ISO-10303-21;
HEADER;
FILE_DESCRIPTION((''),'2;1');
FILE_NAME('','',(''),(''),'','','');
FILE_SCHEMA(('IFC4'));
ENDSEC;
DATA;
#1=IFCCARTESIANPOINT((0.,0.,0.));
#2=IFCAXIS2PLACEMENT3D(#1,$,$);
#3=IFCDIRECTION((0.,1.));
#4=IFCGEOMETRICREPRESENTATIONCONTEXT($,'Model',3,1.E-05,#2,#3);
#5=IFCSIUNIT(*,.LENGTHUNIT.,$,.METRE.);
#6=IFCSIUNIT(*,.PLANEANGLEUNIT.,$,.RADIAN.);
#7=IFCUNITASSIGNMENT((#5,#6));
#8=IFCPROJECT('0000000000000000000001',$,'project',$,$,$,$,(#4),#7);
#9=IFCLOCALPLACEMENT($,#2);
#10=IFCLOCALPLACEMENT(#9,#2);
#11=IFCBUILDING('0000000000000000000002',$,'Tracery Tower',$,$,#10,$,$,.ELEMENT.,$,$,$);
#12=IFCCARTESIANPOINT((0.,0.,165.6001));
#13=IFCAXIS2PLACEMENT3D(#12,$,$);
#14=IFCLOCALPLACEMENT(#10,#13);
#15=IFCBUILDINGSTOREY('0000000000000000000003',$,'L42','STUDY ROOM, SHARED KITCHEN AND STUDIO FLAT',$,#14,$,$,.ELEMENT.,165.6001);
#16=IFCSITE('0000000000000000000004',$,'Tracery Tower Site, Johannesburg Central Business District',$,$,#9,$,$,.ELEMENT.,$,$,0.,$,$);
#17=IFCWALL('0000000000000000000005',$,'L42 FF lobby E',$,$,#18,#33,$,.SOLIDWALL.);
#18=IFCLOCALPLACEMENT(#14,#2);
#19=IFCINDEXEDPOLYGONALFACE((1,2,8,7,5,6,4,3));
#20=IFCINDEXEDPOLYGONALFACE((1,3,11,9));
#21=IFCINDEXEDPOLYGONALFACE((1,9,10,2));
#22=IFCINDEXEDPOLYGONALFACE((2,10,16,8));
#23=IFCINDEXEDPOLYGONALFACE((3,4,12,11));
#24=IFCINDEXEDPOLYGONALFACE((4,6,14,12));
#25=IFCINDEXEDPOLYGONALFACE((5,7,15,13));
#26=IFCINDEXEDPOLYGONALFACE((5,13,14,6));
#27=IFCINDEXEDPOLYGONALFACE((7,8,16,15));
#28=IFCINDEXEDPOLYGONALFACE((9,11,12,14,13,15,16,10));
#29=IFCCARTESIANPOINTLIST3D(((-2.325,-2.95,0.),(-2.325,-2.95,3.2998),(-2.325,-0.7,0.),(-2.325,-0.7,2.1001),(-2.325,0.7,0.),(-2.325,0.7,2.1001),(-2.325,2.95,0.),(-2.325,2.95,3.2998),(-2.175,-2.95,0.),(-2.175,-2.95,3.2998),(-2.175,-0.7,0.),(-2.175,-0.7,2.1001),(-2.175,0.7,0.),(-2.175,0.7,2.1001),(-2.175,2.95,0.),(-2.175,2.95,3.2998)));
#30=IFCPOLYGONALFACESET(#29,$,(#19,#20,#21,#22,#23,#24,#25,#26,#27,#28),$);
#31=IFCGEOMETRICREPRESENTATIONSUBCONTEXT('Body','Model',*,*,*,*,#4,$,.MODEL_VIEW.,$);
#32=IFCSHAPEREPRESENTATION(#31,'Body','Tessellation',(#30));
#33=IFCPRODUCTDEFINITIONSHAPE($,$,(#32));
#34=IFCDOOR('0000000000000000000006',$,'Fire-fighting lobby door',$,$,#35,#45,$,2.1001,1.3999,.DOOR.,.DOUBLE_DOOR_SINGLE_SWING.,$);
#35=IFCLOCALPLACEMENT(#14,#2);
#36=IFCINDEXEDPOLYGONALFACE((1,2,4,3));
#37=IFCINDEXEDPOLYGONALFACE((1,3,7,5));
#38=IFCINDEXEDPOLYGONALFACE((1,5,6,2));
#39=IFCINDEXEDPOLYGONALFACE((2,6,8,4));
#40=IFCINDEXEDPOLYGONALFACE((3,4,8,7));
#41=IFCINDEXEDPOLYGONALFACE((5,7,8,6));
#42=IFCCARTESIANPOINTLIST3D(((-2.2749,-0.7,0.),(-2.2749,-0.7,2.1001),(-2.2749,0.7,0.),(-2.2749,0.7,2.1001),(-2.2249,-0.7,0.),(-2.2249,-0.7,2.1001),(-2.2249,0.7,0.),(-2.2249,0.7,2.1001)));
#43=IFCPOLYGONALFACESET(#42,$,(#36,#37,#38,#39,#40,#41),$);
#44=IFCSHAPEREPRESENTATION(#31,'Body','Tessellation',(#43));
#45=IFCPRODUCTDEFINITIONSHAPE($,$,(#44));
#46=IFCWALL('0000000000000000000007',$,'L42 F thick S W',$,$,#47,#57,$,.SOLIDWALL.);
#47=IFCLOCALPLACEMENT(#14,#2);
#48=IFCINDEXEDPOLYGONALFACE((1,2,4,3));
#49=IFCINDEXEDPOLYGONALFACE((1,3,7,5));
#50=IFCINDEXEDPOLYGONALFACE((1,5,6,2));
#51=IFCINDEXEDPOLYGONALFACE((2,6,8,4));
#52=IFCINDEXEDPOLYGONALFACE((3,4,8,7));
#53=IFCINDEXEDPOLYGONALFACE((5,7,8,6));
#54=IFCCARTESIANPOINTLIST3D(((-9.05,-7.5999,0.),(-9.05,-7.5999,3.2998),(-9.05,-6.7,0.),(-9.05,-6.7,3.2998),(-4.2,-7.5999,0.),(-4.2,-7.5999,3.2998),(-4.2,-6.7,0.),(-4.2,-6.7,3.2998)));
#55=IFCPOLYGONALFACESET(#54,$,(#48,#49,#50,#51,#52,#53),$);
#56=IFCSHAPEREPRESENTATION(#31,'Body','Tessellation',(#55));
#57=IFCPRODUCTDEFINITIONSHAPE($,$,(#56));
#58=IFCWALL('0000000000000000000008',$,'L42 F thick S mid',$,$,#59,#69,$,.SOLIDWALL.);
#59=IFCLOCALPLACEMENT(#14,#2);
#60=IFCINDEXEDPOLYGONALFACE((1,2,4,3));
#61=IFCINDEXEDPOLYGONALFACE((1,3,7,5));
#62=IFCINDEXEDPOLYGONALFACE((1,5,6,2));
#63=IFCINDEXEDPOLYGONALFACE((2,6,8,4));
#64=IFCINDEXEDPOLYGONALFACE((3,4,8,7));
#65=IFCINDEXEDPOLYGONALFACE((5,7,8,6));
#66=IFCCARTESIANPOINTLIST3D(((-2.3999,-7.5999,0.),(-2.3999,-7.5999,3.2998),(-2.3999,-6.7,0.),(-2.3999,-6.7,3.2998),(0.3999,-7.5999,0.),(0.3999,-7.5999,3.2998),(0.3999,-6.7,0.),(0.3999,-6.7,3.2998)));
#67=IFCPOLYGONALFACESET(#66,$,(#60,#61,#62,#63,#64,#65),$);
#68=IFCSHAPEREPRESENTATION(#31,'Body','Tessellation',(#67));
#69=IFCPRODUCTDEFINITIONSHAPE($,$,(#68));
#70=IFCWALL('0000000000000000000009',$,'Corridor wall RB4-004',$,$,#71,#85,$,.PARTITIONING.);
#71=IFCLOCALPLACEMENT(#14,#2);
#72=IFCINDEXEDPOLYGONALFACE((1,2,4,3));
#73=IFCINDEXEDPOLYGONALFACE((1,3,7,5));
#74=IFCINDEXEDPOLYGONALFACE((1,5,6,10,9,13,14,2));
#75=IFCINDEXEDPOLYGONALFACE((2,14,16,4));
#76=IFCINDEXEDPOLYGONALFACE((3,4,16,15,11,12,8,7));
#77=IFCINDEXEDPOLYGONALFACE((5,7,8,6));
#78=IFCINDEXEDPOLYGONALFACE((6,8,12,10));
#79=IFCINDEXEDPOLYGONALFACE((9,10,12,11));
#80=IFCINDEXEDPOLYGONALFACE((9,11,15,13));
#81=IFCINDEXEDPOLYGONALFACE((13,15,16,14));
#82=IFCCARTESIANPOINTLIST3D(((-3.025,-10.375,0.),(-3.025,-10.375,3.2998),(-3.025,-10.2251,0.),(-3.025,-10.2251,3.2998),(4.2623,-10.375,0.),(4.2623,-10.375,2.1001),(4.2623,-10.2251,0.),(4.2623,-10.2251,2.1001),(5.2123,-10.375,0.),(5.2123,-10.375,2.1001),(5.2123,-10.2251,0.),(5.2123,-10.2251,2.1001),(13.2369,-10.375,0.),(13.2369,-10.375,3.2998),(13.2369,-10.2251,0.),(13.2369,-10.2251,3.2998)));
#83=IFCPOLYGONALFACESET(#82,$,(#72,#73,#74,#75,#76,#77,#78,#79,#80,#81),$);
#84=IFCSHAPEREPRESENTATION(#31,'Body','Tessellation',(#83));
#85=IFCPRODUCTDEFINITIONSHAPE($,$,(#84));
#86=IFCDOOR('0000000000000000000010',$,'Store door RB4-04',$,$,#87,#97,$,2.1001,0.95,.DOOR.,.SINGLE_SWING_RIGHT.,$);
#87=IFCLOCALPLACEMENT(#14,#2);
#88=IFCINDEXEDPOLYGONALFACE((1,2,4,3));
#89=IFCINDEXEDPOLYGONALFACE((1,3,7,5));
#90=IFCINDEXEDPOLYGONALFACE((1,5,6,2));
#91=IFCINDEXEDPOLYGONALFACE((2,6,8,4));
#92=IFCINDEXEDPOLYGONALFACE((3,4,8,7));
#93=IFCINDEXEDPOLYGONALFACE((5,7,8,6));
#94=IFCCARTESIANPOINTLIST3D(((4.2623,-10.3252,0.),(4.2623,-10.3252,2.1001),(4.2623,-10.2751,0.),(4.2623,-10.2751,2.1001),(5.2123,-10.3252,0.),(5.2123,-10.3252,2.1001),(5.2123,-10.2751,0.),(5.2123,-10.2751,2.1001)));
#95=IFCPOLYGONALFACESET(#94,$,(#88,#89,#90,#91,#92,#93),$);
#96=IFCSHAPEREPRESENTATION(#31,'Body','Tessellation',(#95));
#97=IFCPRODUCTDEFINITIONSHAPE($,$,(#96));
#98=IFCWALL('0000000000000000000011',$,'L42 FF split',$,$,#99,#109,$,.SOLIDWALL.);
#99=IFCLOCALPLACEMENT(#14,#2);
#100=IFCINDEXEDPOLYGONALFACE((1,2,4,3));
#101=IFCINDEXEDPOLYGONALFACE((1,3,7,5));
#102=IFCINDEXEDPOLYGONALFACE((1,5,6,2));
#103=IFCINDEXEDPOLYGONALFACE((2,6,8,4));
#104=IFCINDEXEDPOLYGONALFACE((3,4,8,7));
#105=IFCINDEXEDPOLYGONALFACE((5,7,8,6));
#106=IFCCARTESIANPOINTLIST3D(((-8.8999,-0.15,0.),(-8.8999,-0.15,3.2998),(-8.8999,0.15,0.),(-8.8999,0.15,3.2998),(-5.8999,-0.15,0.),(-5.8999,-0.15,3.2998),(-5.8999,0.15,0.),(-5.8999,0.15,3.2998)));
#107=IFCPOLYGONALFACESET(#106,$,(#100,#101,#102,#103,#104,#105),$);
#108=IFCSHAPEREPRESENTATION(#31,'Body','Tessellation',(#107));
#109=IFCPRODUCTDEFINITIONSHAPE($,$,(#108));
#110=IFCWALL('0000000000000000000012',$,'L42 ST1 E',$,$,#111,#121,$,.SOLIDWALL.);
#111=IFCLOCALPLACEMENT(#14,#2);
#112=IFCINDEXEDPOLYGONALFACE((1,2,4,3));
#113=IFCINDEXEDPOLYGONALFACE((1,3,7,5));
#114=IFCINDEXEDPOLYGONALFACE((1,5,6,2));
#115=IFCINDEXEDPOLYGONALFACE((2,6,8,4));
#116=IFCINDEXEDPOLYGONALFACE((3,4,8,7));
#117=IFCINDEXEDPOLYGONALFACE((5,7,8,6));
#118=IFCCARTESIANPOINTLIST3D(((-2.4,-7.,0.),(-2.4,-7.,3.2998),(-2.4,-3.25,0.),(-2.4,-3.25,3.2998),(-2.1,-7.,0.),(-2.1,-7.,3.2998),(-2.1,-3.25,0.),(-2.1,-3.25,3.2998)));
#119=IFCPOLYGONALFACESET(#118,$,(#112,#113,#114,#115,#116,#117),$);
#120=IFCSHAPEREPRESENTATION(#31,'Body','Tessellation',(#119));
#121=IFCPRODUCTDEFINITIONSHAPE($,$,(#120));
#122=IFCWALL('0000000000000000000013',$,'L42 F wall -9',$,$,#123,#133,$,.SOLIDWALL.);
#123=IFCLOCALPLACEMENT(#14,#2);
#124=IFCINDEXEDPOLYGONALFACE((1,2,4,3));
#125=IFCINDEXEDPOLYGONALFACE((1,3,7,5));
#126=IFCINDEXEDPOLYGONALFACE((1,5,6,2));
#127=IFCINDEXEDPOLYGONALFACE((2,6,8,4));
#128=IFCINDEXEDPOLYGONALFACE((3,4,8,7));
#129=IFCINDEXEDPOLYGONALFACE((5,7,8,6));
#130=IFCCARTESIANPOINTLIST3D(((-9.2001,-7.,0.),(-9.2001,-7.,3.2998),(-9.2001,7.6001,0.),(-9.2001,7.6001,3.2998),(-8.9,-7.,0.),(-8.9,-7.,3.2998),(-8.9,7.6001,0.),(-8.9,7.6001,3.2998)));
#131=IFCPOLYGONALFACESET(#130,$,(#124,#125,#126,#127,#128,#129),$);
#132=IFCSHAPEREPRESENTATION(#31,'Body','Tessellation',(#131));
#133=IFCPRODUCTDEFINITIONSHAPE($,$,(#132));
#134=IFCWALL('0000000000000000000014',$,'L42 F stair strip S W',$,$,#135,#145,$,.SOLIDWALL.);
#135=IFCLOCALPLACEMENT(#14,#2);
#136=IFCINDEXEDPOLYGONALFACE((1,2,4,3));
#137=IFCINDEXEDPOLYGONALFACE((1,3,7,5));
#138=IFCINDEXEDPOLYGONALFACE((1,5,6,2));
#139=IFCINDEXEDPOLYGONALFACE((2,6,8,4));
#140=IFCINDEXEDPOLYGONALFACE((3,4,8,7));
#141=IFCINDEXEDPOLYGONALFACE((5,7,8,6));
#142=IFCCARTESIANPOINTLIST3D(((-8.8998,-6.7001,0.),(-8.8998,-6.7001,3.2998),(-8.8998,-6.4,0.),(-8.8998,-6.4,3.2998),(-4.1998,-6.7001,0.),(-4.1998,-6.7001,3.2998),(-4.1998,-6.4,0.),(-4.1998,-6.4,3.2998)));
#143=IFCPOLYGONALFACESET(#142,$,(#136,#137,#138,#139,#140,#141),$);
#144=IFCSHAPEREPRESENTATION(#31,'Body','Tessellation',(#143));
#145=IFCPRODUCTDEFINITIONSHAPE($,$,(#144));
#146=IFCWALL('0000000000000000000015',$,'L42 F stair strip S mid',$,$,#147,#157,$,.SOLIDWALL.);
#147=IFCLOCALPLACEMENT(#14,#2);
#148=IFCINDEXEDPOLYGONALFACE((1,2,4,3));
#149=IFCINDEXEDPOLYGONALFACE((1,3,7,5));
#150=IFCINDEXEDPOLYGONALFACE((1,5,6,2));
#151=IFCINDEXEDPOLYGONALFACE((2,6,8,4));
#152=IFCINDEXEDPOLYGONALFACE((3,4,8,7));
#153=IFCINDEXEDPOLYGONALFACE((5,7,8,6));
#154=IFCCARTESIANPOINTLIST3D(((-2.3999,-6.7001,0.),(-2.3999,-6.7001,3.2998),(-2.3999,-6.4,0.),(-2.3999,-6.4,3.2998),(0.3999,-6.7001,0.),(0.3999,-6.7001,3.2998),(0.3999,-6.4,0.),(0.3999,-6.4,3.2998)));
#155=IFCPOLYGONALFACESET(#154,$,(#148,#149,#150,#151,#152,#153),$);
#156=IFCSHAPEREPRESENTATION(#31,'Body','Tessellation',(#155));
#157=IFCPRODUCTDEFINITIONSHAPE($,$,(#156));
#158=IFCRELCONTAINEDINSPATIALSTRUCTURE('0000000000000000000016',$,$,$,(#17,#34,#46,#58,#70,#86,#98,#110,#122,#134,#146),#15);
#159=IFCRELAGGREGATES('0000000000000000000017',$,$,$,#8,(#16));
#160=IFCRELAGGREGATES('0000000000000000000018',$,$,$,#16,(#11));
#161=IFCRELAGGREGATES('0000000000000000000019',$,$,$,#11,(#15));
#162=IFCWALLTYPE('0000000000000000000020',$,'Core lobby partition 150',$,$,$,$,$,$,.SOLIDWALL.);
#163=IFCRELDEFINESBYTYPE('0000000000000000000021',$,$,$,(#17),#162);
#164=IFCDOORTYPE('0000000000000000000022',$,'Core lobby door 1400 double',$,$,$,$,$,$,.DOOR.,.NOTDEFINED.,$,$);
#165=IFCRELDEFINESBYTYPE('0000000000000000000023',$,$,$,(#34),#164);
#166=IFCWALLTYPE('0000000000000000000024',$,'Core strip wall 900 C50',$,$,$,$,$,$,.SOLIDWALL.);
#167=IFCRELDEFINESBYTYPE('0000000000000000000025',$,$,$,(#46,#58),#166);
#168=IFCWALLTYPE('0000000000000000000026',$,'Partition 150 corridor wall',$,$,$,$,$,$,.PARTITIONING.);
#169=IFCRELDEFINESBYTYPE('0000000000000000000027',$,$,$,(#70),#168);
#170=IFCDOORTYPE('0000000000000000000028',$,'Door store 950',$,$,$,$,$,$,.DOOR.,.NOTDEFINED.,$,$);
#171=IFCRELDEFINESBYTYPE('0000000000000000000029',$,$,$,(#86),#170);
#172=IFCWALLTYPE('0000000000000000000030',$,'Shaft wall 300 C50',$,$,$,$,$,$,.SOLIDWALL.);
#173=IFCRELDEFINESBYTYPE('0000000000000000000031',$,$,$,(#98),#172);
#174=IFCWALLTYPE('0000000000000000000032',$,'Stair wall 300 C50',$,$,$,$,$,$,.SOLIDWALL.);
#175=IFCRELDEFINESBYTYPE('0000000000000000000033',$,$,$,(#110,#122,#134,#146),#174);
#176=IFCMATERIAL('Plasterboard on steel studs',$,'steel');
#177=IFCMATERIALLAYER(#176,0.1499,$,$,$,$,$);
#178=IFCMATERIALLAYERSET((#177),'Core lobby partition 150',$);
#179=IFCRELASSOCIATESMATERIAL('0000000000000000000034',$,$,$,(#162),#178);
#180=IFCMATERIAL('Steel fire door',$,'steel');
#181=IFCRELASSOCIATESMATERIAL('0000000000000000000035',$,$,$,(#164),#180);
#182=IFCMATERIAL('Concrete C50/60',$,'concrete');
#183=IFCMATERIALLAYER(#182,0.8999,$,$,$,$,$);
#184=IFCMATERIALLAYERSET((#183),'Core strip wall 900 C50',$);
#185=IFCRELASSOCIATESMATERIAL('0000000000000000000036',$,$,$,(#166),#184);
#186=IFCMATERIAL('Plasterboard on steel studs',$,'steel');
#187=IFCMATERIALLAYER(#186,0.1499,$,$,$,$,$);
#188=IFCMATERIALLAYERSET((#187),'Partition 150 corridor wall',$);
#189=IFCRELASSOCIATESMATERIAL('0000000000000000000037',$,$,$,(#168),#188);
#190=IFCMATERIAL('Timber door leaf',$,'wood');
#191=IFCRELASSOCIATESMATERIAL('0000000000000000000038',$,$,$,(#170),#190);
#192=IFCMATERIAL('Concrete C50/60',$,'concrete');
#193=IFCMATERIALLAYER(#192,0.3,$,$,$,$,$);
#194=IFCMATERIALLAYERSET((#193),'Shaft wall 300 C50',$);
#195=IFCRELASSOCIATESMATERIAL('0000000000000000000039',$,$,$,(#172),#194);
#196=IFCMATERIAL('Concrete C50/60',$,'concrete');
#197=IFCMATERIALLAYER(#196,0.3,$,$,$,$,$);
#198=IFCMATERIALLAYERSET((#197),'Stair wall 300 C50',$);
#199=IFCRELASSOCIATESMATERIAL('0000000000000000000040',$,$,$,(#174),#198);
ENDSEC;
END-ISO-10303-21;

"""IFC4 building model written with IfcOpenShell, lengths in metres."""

from ifc_helpers import new_model, si_unit, direction, frame, frame_2d, origin, place, context, subcontext, project, spatial, rectangle, extrude, material, layer, layer_set, type_object, element, fill, save


model = new_model("IFC4")

# Units and contexts
model_context = context("Model", 3, precision=1e-05, world=origin(), true_north=direction((0.0, 1.0)))
body_context = subcontext(model_context, "Body", "Model", "MODEL_VIEW")
ifc_project = project(units=[si_unit("LENGTHUNIT", "METRE"), si_unit("PLANEANGLEUNIT", "RADIAN")], contexts=[model_context])

# Site, building, storey
site_placement = place(None, origin())
site = spatial("IfcSite", under=ifc_project, at=site_placement, Name="Tracery Tower Site, Johannesburg Central Business District", CompositionType="ELEMENT", RefElevation=0.0)
building_placement = place(site_placement, origin())
building = spatial("IfcBuilding", under=site, at=building_placement, Name="Tracery Tower", CompositionType="ELEMENT")
storey_placement = place(building_placement, frame((0.0, 0.0, 165.6001)))
storey = spatial("IfcBuildingStorey", under=building, at=storey_placement, Name="L42", Description="STUDY ROOM, SHARED KITCHEN AND STUDIO FLAT", CompositionType="ELEMENT", Elevation=165.6001)

# Wall, opening, door
ifc_material_1 = material(Name="Plasterboard on steel studs", Category="steel")
ifc_layer_1 = layer(ifc_material_1, 0.1499)
ifc_layer_set_1 = layer_set([ifc_layer_1], Name="Core lobby partition 150")
wall_type_1 = type_object("IfcWallType", Name="Core lobby partition 150", PredefinedType="SOLIDWALL", material=ifc_layer_set_1)
wall_1_placement = place(storey_placement, frame((-2.25, -2.95, 0.0), z_axis=(0.0, 0.0, 1.0), x_axis=(0.0, 1.0, 0.0)))
wall_1 = element("IfcWall", 1, at=wall_1_placement, inside=storey, type_object=wall_type_1, Name="L42 FF lobby E", PredefinedType="SOLIDWALL", context=body_context, shape_type="SweptSolid", body=[
    extrude(rectangle(XDim=5.8999, YDim=0.1499, at=frame_2d((2.95, 0.0))), origin(), (0.0, 0.0, 1.0), 3.2998),
])
opening_1_placement = place(wall_1_placement, frame((2.25, 0.0, 0.0)))
opening_1 = element("IfcOpeningElement", 2, at=opening_1_placement, cuts=wall_1, PredefinedType="OPENING", context=body_context, shape_type="SweptSolid", body=[
    extrude(rectangle(XDim=1.3999, YDim=2.1001, at=frame_2d((0.7, 1.05))), frame((0.0, 0.075, 0.0), z_axis=(0.0, -1.0, 0.0), x_axis=(1.0, 0.0, 0.0)), (0.0, 0.0, 1.0), 0.1499),
])
ifc_material_2 = material(Name="Steel fire door", Category="steel")
door_type_1 = type_object("IfcDoorType", Name="Core lobby door 1400 double", OperationType="NOTDEFINED", PredefinedType="DOOR", material=ifc_material_2)
door_1_placement = place(opening_1_placement, origin())
door_1 = element("IfcDoor", 3, at=door_1_placement, inside=storey, type_object=door_type_1, Name="Fire-fighting lobby door", OperationType="DOUBLE_DOOR_SINGLE_SWING", OverallHeight=2.1001, OverallWidth=1.3999, PredefinedType="DOOR", context=body_context, shape_type="SweptSolid", body=[
    extrude(rectangle(XDim=1.3999, YDim=2.1001, at=frame_2d((0.7, 1.05))), frame((0.0, 0.0249, 0.0), z_axis=(0.0, -1.0, 0.0), x_axis=(1.0, 0.0, 0.0)), (0.0, 0.0, 1.0), 0.05),
])
fill(opening_1, door_1)

# Walls
ifc_material_3 = material(Name="Concrete C50/60", Category="concrete")
ifc_layer_2 = layer(ifc_material_3, 0.8999)
ifc_layer_set_2 = layer_set([ifc_layer_2], Name="Core strip wall 900 C50")
wall_type_2 = type_object("IfcWallType", Name="Core strip wall 900 C50", PredefinedType="SOLIDWALL", material=ifc_layer_set_2)
wall_2_placement = place(storey_placement, frame((-9.05, -7.1499, 0.0), z_axis=(0.0, 0.0, 1.0), x_axis=(1.0, 0.0, 0.0)))
element("IfcWall", 4, at=wall_2_placement, inside=storey, type_object=wall_type_2, Name="L42 F thick S W", PredefinedType="SOLIDWALL", context=body_context, shape_type="SweptSolid", body=[
    extrude(rectangle(XDim=4.8501, YDim=0.8999, at=frame_2d((2.425, 0.0))), origin(), (0.0, 0.0, 1.0), 3.2998),
])
wall_3_placement = place(storey_placement, frame((-2.3999, -7.1499, 0.0), z_axis=(0.0, 0.0, 1.0), x_axis=(1.0, 0.0, 0.0)))
element("IfcWall", 5, at=wall_3_placement, inside=storey, type_object=wall_type_2, Name="L42 F thick S mid", PredefinedType="SOLIDWALL", context=body_context, shape_type="SweptSolid", body=[
    extrude(rectangle(XDim=2.7998, YDim=0.8999, at=frame_2d((1.3999, 0.0))), origin(), (0.0, 0.0, 1.0), 3.2998),
])

# Wall, opening, door
ifc_material_4 = material(Name="Plasterboard on steel studs", Category="steel")
ifc_layer_3 = layer(ifc_material_4, 0.1499)
ifc_layer_set_3 = layer_set([ifc_layer_3], Name="Partition 150 corridor wall")
wall_type_3 = type_object("IfcWallType", Name="Partition 150 corridor wall", PredefinedType="PARTITIONING", material=ifc_layer_set_3)
wall_4_placement = place(storey_placement, frame((-3.0249, -10.3, 0.0), z_axis=(0.0, 0.0, 1.0), x_axis=(1.0, 0.0, 0.0)))
wall_4 = element("IfcWall", 6, at=wall_4_placement, inside=storey, type_object=wall_type_3, Name="Corridor wall RB4-004", PredefinedType="PARTITIONING", context=body_context, shape_type="SweptSolid", body=[
    extrude(rectangle(XDim=16.262, YDim=0.1499, at=frame_2d((8.1309, 0.0))), origin(), (0.0, 0.0, 1.0), 3.2998),
])
opening_2_placement = place(wall_4_placement, frame((7.2871, 0.0, 0.0)))
opening_2 = element("IfcOpeningElement", 7, at=opening_2_placement, cuts=wall_4, PredefinedType="OPENING", context=body_context, shape_type="SweptSolid", body=[
    extrude(rectangle(XDim=0.95, YDim=2.1001, at=frame_2d((0.4751, 1.05))), frame((0.0, 0.075, 0.0), z_axis=(0.0, -1.0, 0.0), x_axis=(1.0, 0.0, 0.0)), (0.0, 0.0, 1.0), 0.1499),
])
ifc_material_5 = material(Name="Timber door leaf", Category="wood")
door_type_2 = type_object("IfcDoorType", Name="Door store 950", OperationType="NOTDEFINED", PredefinedType="DOOR", material=ifc_material_5)
door_2_placement = place(opening_2_placement, origin())
door_2 = element("IfcDoor", 8, at=door_2_placement, inside=storey, type_object=door_type_2, Name="Store door RB4-04", OperationType="SINGLE_SWING_RIGHT", OverallHeight=2.1001, OverallWidth=0.95, PredefinedType="DOOR", context=body_context, shape_type="SweptSolid", body=[
    extrude(rectangle(XDim=0.95, YDim=2.1001, at=frame_2d((0.4751, 1.05))), frame((0.0, 0.0249, 0.0), z_axis=(0.0, -1.0, 0.0), x_axis=(1.0, 0.0, 0.0)), (0.0, 0.0, 1.0), 0.05),
])
fill(opening_2, door_2)

# Wall
ifc_material_6 = material(Name="Concrete C50/60", Category="concrete")
ifc_layer_4 = layer(ifc_material_6, 0.3)
ifc_layer_set_4 = layer_set([ifc_layer_4], Name="Shaft wall 300 C50")
wall_type_4 = type_object("IfcWallType", Name="Shaft wall 300 C50", PredefinedType="SOLIDWALL", material=ifc_layer_set_4)
wall_5_placement = place(storey_placement, frame((-8.8999, 0.0, 0.0), z_axis=(0.0, 0.0, 1.0), x_axis=(1.0, 0.0, 0.0)))
element("IfcWall", 9, at=wall_5_placement, inside=storey, type_object=wall_type_4, Name="L42 FF split", PredefinedType="SOLIDWALL", context=body_context, shape_type="SweptSolid", body=[
    extrude(rectangle(XDim=3.0, YDim=0.3, at=frame_2d((1.5, 0.0))), origin(), (0.0, 0.0, 1.0), 3.2998),
])

# Shared definitions
ifc_material_7 = material(Name="Concrete C50/60", Category="concrete")
ifc_layer_5 = layer(ifc_material_7, 0.3)
ifc_layer_set_5 = layer_set([ifc_layer_5], Name="Stair wall 300 C50")
wall_type_5 = type_object("IfcWallType", Name="Stair wall 300 C50", PredefinedType="SOLIDWALL", material=ifc_layer_set_5)

# Walls
wall_6_placement = place(storey_placement, frame((-2.25, -7.0, 0.0), z_axis=(0.0, 0.0, 1.0), x_axis=(0.0, 1.0, 0.0)))
element("IfcWall", 10, at=wall_6_placement, inside=storey, type_object=wall_type_5, Name="L42 ST1 E", PredefinedType="SOLIDWALL", context=body_context, shape_type="SweptSolid", body=[
    extrude(rectangle(XDim=3.75, YDim=0.3, at=frame_2d((1.875, 0.0))), origin(), (0.0, 0.0, 1.0), 3.2998),
])
wall_7_placement = place(storey_placement, frame((-9.05, -7.0, 0.0), z_axis=(0.0, 0.0, 1.0), x_axis=(0.0, 1.0, 0.0)))
element("IfcWall", 11, at=wall_7_placement, inside=storey, type_object=wall_type_5, Name="L42 F wall -9", PredefinedType="SOLIDWALL", context=body_context, shape_type="SweptSolid", body=[
    extrude(rectangle(XDim=14.6001, YDim=0.3, at=frame_2d((7.3, 0.0))), origin(), (0.0, 0.0, 1.0), 3.2998),
])
wall_8_placement = place(storey_placement, frame((-8.8999, -6.55, 0.0), z_axis=(0.0, 0.0, 1.0), x_axis=(1.0, 0.0, 0.0)))
element("IfcWall", 12, at=wall_8_placement, inside=storey, type_object=wall_type_5, Name="L42 F stair strip S W", PredefinedType="SOLIDWALL", context=body_context, shape_type="SweptSolid", body=[
    extrude(rectangle(XDim=4.7, YDim=0.3, at=frame_2d((2.3501, 0.0))), origin(), (0.0, 0.0, 1.0), 3.2998),
])
wall_9_placement = place(storey_placement, frame((-2.3999, -6.55, 0.0), z_axis=(0.0, 0.0, 1.0), x_axis=(1.0, 0.0, 0.0)))
element("IfcWall", 13, at=wall_9_placement, inside=storey, type_object=wall_type_5, Name="L42 F stair strip S mid", PredefinedType="SOLIDWALL", context=body_context, shape_type="SweptSolid", body=[
    extrude(rectangle(XDim=2.7998, YDim=0.3, at=frame_2d((1.3999, 0.0))), origin(), (0.0, 0.0, 1.0), 3.2998),
])

save(model, "model.ifc")
